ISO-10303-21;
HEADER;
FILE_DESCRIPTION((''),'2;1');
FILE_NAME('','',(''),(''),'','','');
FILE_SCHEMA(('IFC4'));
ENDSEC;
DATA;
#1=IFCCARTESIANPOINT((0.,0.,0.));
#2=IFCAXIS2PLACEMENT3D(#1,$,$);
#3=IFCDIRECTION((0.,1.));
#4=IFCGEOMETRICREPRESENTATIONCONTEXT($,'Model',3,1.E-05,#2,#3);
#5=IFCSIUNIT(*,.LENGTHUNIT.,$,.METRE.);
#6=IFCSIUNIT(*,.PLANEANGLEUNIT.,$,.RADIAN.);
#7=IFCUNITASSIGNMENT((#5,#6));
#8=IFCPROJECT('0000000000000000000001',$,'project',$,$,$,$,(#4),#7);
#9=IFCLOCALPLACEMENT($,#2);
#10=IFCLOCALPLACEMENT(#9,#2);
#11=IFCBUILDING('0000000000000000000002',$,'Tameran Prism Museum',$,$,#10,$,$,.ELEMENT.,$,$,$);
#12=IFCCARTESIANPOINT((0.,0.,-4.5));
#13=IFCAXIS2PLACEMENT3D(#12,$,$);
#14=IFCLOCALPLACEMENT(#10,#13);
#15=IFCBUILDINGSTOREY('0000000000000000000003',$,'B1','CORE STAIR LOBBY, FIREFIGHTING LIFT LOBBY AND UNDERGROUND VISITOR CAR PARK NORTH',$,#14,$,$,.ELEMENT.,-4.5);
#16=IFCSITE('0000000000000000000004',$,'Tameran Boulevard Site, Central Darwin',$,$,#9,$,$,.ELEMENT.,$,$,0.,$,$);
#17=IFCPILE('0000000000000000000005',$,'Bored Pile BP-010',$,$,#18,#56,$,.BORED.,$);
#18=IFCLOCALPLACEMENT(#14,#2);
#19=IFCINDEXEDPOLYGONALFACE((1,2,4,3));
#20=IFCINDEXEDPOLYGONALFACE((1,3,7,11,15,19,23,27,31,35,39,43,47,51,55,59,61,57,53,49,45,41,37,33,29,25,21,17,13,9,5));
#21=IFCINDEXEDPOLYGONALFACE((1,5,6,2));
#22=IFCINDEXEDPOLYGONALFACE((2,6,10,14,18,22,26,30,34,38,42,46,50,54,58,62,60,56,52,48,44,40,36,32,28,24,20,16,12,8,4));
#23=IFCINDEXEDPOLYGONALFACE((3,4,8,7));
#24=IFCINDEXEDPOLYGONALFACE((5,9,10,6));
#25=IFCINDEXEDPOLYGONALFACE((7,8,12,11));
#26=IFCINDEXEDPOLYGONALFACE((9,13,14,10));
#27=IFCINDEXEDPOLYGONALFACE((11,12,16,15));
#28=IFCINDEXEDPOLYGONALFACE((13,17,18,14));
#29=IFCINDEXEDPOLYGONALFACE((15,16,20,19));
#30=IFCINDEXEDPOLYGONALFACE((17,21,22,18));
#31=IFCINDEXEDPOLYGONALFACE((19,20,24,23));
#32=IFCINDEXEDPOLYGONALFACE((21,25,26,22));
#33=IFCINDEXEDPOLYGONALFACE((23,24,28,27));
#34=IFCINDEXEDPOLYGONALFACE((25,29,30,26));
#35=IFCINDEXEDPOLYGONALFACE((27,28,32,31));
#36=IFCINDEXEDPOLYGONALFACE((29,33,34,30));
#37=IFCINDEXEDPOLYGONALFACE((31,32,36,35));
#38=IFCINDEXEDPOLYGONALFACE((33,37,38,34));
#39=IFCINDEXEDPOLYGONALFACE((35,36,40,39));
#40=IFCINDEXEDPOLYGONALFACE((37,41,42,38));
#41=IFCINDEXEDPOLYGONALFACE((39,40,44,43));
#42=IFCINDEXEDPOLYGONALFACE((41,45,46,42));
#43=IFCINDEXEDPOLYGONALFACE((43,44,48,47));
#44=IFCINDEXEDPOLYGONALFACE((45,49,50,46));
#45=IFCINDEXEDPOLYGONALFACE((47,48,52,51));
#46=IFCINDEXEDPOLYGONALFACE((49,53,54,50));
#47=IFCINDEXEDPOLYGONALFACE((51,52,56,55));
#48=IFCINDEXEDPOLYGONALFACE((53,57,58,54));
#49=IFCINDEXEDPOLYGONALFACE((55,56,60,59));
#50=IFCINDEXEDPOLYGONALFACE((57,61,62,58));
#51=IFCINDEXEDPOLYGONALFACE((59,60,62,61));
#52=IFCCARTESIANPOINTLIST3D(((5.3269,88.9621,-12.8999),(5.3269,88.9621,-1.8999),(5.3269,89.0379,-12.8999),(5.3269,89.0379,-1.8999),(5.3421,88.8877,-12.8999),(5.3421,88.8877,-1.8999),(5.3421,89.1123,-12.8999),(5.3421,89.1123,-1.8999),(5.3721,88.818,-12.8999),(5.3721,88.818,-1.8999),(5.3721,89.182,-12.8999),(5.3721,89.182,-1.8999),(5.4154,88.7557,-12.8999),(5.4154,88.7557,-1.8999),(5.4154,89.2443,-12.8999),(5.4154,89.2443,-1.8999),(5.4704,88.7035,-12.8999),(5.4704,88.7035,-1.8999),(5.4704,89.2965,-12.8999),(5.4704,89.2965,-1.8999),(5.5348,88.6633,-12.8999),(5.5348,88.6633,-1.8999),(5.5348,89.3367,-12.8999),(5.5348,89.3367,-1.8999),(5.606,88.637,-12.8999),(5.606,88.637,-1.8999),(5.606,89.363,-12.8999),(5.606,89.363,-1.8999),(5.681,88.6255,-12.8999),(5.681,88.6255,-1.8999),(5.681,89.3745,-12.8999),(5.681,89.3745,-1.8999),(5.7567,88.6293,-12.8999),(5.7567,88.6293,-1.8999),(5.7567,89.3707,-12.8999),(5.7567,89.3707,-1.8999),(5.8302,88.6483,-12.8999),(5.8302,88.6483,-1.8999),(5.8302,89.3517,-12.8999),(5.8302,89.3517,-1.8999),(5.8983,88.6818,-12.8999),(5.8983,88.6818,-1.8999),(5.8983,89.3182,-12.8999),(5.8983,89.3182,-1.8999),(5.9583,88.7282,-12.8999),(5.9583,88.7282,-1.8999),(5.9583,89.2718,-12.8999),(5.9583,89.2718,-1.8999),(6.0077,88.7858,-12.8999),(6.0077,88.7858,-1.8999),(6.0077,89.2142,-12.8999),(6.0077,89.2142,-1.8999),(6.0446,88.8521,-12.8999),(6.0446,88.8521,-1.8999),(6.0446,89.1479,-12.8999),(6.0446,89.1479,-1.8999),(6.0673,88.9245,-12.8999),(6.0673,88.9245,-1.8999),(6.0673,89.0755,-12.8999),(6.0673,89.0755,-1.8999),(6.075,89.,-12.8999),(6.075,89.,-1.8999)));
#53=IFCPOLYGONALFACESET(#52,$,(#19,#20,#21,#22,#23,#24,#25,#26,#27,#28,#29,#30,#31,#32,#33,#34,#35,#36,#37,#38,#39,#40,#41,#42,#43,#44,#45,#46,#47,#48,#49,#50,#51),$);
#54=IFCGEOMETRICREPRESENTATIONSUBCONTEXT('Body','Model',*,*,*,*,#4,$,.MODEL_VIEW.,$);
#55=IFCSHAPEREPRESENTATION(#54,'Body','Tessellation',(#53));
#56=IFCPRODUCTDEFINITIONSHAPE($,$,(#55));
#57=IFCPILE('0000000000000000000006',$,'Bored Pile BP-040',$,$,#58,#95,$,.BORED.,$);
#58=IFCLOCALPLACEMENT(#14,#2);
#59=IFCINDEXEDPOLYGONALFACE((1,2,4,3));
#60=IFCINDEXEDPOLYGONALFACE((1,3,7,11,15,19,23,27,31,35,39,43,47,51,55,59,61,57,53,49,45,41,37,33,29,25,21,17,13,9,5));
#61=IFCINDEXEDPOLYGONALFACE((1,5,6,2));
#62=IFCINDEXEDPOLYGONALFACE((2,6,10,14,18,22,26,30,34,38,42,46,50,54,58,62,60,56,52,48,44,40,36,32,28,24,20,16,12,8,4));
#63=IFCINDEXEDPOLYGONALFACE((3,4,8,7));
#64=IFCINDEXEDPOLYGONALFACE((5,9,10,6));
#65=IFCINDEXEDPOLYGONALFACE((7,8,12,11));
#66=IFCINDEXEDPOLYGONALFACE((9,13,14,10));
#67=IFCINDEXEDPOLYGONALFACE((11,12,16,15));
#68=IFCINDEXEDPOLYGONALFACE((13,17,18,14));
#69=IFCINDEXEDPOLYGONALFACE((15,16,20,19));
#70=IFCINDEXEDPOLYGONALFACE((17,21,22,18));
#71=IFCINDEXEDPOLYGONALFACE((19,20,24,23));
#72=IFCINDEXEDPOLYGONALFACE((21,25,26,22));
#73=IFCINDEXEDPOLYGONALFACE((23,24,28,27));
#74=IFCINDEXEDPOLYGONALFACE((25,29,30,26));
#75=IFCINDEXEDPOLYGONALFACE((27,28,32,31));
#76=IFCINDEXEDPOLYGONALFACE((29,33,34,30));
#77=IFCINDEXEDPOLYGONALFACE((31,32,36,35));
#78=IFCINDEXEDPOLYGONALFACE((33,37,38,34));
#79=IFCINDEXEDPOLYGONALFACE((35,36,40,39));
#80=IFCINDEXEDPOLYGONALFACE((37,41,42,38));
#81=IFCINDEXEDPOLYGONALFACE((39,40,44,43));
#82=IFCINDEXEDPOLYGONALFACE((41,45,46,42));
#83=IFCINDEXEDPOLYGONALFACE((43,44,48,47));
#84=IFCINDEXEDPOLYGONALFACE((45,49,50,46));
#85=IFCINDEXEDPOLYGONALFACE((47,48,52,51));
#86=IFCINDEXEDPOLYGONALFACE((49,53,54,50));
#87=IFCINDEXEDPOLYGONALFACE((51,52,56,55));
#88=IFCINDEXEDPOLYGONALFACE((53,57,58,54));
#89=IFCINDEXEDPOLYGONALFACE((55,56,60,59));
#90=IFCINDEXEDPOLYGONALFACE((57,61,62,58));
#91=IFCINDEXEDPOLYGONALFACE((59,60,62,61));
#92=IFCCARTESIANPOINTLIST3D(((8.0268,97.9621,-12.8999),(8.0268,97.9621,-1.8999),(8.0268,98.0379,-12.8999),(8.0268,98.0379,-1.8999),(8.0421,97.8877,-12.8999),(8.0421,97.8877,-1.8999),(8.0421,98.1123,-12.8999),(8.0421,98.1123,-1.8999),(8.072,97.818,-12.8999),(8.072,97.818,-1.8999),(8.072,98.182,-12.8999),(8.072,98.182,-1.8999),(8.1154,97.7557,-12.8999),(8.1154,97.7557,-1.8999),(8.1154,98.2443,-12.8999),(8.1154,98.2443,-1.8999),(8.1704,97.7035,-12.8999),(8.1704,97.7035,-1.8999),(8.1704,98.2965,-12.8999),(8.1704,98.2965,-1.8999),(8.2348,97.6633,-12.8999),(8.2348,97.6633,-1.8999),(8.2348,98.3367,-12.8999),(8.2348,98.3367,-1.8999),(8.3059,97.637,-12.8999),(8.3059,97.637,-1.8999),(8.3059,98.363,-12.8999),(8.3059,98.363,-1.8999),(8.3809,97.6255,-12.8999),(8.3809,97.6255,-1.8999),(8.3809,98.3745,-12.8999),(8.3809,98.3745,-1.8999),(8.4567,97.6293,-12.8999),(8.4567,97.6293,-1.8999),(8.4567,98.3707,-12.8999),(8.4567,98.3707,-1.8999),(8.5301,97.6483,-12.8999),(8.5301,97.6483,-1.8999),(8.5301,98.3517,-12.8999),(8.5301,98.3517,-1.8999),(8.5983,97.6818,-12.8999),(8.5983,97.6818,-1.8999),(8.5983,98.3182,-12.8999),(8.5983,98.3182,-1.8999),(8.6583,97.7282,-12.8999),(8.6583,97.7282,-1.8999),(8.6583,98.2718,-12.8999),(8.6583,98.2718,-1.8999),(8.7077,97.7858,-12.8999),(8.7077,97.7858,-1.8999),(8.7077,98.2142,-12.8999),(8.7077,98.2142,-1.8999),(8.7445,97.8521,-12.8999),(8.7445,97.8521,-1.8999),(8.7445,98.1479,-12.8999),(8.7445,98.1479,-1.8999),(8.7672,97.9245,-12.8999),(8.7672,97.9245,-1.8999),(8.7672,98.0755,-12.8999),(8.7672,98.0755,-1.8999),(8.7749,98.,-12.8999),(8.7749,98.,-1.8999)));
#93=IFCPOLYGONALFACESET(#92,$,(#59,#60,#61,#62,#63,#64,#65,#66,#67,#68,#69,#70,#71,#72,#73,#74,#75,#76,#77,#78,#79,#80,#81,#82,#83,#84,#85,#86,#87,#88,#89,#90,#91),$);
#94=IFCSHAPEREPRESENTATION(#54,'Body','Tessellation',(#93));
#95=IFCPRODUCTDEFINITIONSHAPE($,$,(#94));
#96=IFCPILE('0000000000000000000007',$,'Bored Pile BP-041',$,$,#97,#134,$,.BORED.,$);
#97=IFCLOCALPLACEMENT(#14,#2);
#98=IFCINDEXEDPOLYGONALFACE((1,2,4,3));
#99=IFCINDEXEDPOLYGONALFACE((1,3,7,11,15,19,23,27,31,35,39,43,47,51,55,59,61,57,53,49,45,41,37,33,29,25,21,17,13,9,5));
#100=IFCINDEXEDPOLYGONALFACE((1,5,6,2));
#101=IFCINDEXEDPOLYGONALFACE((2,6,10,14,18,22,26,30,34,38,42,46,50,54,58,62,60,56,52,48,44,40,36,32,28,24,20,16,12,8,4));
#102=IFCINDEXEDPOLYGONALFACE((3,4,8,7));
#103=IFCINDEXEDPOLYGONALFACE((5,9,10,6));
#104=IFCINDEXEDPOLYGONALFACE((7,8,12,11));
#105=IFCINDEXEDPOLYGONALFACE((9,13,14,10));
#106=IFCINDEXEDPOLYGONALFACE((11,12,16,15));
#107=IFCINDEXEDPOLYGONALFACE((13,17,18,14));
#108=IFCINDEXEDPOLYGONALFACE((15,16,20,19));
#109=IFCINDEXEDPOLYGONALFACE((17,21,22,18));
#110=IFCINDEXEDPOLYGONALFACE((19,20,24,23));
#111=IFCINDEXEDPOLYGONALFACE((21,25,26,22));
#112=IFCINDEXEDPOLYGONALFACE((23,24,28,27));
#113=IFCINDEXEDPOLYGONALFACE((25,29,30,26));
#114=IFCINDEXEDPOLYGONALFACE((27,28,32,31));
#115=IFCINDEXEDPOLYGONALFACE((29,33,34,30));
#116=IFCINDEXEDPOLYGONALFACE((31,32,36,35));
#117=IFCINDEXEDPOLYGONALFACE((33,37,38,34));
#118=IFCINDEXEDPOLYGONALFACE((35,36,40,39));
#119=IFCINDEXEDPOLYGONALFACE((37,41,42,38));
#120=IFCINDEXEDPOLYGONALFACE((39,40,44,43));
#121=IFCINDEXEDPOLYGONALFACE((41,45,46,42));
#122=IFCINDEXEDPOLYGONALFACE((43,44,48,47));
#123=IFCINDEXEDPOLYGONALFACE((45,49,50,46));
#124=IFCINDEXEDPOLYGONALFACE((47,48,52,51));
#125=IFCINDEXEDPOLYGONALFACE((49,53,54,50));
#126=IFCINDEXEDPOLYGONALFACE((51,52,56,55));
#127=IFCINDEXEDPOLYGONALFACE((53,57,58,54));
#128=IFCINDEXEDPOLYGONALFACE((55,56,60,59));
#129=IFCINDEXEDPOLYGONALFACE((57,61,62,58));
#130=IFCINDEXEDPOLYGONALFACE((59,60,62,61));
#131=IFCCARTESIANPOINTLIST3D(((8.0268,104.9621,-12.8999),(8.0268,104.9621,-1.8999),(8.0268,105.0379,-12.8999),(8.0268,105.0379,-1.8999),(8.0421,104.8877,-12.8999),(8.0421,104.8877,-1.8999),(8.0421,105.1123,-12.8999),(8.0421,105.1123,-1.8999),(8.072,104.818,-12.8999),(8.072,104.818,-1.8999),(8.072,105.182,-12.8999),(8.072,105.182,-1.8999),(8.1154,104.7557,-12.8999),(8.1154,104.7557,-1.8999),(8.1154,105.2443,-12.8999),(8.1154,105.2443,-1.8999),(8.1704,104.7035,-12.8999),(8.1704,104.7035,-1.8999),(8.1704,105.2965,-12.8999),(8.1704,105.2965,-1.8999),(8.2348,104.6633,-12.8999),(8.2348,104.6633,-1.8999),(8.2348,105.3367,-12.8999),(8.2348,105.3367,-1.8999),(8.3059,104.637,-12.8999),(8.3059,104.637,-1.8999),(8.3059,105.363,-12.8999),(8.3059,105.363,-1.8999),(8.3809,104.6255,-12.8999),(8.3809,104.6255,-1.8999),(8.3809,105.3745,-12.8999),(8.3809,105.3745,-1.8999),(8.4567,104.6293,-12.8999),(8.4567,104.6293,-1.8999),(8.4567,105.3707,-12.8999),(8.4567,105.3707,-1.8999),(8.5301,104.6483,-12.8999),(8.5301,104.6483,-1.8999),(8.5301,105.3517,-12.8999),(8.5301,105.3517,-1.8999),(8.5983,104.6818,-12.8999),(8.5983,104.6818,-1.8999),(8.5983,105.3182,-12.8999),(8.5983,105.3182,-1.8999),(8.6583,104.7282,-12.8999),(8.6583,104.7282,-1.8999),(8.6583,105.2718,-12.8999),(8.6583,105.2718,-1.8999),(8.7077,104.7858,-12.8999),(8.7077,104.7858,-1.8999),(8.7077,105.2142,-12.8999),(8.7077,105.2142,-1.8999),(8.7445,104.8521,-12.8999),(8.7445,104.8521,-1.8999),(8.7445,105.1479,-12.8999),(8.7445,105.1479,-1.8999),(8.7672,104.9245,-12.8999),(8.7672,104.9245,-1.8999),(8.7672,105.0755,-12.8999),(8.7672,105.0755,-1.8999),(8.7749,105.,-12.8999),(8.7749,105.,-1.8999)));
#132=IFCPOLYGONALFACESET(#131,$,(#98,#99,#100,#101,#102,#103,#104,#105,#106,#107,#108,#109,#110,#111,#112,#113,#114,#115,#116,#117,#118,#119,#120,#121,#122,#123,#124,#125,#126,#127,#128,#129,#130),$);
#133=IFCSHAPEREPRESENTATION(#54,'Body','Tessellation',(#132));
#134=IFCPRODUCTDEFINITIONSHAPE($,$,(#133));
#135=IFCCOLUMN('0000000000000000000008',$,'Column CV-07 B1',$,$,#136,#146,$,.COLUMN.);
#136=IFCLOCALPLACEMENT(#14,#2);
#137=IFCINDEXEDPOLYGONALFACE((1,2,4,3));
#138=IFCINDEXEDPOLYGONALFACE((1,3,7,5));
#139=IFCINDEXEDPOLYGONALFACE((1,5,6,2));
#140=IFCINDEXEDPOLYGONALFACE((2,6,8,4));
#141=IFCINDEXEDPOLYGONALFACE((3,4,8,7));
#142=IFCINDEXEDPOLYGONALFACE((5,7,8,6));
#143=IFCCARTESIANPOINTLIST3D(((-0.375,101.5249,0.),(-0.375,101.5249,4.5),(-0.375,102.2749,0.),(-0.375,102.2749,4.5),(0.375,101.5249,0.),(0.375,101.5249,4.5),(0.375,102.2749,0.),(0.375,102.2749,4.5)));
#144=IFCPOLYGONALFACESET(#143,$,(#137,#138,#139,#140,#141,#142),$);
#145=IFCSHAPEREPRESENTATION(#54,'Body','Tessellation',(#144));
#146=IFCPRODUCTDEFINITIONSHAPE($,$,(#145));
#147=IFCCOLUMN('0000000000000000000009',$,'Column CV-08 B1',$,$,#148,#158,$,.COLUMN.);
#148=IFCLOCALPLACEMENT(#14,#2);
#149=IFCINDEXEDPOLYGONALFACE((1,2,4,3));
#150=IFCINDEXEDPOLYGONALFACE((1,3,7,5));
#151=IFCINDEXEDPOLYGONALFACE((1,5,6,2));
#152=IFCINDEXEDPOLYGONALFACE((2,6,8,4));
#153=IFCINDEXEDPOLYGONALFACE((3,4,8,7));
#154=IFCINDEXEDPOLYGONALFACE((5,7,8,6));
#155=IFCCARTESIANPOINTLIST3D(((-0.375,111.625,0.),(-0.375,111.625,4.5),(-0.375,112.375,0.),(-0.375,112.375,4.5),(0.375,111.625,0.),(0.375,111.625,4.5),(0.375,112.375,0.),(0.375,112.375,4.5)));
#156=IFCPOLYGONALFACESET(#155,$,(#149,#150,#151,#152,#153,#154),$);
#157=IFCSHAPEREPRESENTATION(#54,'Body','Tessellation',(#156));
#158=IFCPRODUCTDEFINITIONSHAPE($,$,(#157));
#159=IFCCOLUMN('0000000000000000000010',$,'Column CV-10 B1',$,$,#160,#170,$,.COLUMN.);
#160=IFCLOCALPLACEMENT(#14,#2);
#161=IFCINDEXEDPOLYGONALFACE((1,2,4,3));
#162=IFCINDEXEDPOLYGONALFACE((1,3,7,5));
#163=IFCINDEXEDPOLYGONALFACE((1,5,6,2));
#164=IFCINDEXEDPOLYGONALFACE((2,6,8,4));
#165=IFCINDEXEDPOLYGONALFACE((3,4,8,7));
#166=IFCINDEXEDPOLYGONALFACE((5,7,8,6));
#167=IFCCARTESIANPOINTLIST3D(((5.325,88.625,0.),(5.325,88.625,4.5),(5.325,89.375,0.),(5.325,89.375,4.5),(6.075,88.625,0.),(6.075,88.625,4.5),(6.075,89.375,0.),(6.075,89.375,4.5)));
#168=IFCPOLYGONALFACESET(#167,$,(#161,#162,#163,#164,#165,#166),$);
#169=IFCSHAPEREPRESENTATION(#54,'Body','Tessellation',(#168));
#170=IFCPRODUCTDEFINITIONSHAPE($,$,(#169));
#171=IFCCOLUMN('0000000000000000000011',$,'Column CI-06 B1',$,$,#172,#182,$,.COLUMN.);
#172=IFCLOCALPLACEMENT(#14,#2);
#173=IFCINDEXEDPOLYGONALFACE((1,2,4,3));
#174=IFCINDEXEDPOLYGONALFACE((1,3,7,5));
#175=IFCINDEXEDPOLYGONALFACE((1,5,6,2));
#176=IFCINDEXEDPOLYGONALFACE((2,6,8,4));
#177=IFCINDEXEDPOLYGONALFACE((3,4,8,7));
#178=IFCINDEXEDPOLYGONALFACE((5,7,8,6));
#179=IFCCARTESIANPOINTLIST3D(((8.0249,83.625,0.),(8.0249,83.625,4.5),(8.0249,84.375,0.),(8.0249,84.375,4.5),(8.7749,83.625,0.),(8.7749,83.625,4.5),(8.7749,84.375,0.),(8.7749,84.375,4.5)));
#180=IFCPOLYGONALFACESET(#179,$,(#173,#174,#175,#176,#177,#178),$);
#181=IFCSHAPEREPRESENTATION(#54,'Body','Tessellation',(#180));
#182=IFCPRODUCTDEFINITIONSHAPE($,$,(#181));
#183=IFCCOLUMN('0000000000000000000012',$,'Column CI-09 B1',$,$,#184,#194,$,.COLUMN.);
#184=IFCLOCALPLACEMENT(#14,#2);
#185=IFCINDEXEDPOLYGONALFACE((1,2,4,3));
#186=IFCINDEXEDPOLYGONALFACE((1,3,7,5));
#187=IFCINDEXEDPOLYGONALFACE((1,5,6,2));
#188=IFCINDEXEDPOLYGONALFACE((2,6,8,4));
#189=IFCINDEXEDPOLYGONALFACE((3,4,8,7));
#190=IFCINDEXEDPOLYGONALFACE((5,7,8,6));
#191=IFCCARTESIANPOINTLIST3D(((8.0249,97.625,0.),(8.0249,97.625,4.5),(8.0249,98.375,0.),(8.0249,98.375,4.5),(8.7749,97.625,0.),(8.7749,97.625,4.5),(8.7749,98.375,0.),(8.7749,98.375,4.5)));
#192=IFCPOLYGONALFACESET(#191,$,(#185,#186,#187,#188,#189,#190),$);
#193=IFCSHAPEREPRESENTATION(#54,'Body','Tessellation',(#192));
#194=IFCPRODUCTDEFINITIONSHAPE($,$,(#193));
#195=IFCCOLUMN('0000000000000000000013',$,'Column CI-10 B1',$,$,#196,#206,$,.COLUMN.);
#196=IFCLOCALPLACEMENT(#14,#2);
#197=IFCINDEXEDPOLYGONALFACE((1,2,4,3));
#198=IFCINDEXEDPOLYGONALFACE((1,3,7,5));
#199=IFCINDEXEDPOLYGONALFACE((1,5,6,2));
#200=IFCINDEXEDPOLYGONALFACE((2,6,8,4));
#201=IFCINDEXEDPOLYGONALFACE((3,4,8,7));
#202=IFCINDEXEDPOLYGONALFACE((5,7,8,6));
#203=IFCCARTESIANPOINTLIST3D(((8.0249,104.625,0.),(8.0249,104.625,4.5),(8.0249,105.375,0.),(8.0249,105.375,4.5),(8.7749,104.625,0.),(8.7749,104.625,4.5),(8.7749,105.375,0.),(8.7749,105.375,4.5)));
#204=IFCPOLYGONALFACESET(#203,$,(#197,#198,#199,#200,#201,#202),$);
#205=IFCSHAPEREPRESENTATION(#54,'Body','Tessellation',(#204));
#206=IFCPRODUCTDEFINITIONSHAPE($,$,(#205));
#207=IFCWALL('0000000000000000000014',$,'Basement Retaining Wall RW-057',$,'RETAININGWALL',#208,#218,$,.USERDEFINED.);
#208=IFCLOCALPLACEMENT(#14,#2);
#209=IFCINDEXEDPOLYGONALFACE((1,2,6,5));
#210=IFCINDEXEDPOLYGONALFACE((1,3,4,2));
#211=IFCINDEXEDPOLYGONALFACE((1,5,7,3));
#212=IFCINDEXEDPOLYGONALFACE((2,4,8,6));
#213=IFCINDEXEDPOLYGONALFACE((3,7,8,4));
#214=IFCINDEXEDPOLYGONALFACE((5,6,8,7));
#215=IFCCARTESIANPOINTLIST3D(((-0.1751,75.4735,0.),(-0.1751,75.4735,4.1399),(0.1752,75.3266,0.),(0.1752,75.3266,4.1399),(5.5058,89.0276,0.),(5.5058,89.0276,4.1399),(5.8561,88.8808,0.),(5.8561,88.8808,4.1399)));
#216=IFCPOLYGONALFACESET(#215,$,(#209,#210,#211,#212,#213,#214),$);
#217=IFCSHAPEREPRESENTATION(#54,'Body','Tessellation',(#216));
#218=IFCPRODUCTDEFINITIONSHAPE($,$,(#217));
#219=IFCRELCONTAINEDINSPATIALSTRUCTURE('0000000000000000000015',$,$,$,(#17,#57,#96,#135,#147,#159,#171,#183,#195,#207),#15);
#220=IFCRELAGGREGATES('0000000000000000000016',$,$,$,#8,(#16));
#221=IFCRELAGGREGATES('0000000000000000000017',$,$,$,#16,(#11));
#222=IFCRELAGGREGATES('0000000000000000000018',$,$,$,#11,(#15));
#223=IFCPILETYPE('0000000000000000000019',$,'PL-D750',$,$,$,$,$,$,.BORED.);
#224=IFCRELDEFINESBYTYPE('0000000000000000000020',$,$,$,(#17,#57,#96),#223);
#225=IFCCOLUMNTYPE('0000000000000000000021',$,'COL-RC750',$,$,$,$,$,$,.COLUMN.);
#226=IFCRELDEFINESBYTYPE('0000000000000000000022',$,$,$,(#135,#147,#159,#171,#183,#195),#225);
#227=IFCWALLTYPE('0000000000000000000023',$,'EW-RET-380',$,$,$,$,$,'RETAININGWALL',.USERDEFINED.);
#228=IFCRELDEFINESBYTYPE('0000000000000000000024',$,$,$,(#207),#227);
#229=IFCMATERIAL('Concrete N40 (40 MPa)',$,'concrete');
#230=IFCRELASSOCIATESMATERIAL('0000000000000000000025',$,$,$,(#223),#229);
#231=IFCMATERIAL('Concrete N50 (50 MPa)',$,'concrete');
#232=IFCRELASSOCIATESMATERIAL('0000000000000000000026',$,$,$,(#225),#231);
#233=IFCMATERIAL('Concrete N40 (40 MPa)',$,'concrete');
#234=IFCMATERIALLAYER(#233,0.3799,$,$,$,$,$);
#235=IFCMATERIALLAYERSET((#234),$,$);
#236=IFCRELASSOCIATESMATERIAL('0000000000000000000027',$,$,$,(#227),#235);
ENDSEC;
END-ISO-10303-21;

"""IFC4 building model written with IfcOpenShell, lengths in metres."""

from ifc_helpers import new_model, si_unit, direction, frame, frame_2d, origin, origin_2d, place, context, subcontext, project, spatial, rectangle, circle, extrude, material, layer, layer_set, material_profile, profile_set, type_object, element, save


model = new_model("IFC4")

# Units and contexts
model_context = context("Model", 3, precision=1e-05, world=origin(), true_north=direction((0.0, 1.0)))
body_context = subcontext(model_context, "Body", "Model", "MODEL_VIEW")
ifc_project = project(units=[si_unit("LENGTHUNIT", "METRE"), si_unit("PLANEANGLEUNIT", "RADIAN")], contexts=[model_context])

# Site, building, storey
site_placement = place(None, origin())
site = spatial("IfcSite", under=ifc_project, at=site_placement, Name="Tameran Boulevard Site, Central Darwin", CompositionType="ELEMENT", RefElevation=0.0)
building_placement = place(site_placement, origin())
building = spatial("IfcBuilding", under=site, at=building_placement, Name="Tameran Prism Museum", CompositionType="ELEMENT")
storey_placement = place(building_placement, frame((0.0, 0.0, -4.5)))
storey = spatial("IfcBuildingStorey", under=building, at=storey_placement, Name="B1", Description="CORE STAIR LOBBY, FIREFIGHTING LIFT LOBBY AND UNDERGROUND VISITOR CAR PARK NORTH", CompositionType="ELEMENT", Elevation=-4.5)

# Piles
ifc_material_1 = material(Name="Concrete N40 (40 MPa)", Category="concrete")
ifc_material_profile_1 = material_profile(ifc_material_1, circle(Radius=0.375, at=origin_2d()))
ifc_profile_set_1 = profile_set([ifc_material_profile_1])
pile_type_1 = type_object("IfcPileType", Name="PL-D750", PredefinedType="BORED", material=ifc_profile_set_1)
for number, where, z_axis, x_axis, name in (
    (1, (5.7, 89.0, -1.8999), (0.0, 0.0, -1.0), (1.0, 0.0, 0.0), "Bored Pile BP-010"),
    (2, (8.3999, 98.0, -1.8999), (0.0, 0.0, -1.0), (1.0, 0.0, 0.0), "Bored Pile BP-040"),
    (3, (8.3999, 105.0, -1.8999), (0.0, 0.0, -1.0), (1.0, 0.0, 0.0), "Bored Pile BP-041"),
):
    element("IfcPile", number, at=place(storey_placement, frame(where, z_axis=z_axis, x_axis=x_axis)), inside=storey, type_object=pile_type_1, Name=name, PredefinedType="BORED", context=body_context, shape_type="SweptSolid", body=[
        extrude(circle(Radius=0.375, at=origin_2d()), origin(), (0.0, 0.0, 1.0), 11.0),
    ])

# Columns
ifc_material_2 = material(Name="Concrete N50 (50 MPa)", Category="concrete")
ifc_material_profile_2 = material_profile(ifc_material_2, rectangle(XDim=0.75, YDim=0.75, at=origin_2d()))
ifc_profile_set_2 = profile_set([ifc_material_profile_2])
column_type = type_object("IfcColumnType", Name="COL-RC750", PredefinedType="COLUMN", material=ifc_profile_set_2)
for number, where, z_axis, x_axis, name in (
    (4, (0.0, 101.8999, 0.0), (0.0, 0.0, 1.0), (1.0, 0.0, 0.0), "Column CV-07 B1"),
    (5, (0.0, 112.0, 0.0), (0.0, 0.0, 1.0), (1.0, 0.0, 0.0), "Column CV-08 B1"),
    (6, (5.7, 89.0, 0.0), (0.0, 0.0, 1.0), (1.0, 0.0, 0.0), "Column CV-10 B1"),
    (7, (8.3999, 84.0, 0.0), (0.0, 0.0, 1.0), (1.0, 0.0, 0.0), "Column CI-06 B1"),
    (8, (8.3999, 98.0, 0.0), (0.0, 0.0, 1.0), (1.0, 0.0, 0.0), "Column CI-09 B1"),
    (9, (8.3999, 105.0, 0.0), (0.0, 0.0, 1.0), (1.0, 0.0, 0.0), "Column CI-10 B1"),
):
    element("IfcColumn", number, at=place(storey_placement, frame(where, z_axis=z_axis, x_axis=x_axis)), inside=storey, type_object=column_type, Name=name, PredefinedType="COLUMN", context=body_context, shape_type="SweptSolid", body=[
        extrude(rectangle(XDim=0.75, YDim=0.75, at=origin_2d()), origin(), (0.0, 0.0, 1.0), 4.5),
    ])

# Wall
ifc_material_3 = material(Name="Concrete N40 (40 MPa)", Category="concrete")
ifc_layer_1 = layer(ifc_material_3, 0.3799)
ifc_layer_set_1 = layer_set([ifc_layer_1])
wall_type_1 = type_object("IfcWallType", Name="EW-RET-380", ElementType="RETAININGWALL", PredefinedType="USERDEFINED", material=ifc_layer_set_1)
wall_1_placement = place(storey_placement, frame((5.6809, 88.9541, 0.0), z_axis=(0.0, 0.0, 1.0), x_axis=(-0.386547, -0.92227, 0.0)))
element("IfcWall", 10, at=wall_1_placement, inside=storey, type_object=wall_type_1, Name="Basement Retaining Wall RW-057", ObjectType="RETAININGWALL", PredefinedType="USERDEFINED", context=body_context, shape_type="SweptSolid", body=[
    extrude(rectangle(XDim=14.6965, YDim=0.3799, at=frame_2d((7.3481, 0.0))), origin(), (0.0, 0.0, 1.0), 4.1399),
])

save(model, "model.ifc")
